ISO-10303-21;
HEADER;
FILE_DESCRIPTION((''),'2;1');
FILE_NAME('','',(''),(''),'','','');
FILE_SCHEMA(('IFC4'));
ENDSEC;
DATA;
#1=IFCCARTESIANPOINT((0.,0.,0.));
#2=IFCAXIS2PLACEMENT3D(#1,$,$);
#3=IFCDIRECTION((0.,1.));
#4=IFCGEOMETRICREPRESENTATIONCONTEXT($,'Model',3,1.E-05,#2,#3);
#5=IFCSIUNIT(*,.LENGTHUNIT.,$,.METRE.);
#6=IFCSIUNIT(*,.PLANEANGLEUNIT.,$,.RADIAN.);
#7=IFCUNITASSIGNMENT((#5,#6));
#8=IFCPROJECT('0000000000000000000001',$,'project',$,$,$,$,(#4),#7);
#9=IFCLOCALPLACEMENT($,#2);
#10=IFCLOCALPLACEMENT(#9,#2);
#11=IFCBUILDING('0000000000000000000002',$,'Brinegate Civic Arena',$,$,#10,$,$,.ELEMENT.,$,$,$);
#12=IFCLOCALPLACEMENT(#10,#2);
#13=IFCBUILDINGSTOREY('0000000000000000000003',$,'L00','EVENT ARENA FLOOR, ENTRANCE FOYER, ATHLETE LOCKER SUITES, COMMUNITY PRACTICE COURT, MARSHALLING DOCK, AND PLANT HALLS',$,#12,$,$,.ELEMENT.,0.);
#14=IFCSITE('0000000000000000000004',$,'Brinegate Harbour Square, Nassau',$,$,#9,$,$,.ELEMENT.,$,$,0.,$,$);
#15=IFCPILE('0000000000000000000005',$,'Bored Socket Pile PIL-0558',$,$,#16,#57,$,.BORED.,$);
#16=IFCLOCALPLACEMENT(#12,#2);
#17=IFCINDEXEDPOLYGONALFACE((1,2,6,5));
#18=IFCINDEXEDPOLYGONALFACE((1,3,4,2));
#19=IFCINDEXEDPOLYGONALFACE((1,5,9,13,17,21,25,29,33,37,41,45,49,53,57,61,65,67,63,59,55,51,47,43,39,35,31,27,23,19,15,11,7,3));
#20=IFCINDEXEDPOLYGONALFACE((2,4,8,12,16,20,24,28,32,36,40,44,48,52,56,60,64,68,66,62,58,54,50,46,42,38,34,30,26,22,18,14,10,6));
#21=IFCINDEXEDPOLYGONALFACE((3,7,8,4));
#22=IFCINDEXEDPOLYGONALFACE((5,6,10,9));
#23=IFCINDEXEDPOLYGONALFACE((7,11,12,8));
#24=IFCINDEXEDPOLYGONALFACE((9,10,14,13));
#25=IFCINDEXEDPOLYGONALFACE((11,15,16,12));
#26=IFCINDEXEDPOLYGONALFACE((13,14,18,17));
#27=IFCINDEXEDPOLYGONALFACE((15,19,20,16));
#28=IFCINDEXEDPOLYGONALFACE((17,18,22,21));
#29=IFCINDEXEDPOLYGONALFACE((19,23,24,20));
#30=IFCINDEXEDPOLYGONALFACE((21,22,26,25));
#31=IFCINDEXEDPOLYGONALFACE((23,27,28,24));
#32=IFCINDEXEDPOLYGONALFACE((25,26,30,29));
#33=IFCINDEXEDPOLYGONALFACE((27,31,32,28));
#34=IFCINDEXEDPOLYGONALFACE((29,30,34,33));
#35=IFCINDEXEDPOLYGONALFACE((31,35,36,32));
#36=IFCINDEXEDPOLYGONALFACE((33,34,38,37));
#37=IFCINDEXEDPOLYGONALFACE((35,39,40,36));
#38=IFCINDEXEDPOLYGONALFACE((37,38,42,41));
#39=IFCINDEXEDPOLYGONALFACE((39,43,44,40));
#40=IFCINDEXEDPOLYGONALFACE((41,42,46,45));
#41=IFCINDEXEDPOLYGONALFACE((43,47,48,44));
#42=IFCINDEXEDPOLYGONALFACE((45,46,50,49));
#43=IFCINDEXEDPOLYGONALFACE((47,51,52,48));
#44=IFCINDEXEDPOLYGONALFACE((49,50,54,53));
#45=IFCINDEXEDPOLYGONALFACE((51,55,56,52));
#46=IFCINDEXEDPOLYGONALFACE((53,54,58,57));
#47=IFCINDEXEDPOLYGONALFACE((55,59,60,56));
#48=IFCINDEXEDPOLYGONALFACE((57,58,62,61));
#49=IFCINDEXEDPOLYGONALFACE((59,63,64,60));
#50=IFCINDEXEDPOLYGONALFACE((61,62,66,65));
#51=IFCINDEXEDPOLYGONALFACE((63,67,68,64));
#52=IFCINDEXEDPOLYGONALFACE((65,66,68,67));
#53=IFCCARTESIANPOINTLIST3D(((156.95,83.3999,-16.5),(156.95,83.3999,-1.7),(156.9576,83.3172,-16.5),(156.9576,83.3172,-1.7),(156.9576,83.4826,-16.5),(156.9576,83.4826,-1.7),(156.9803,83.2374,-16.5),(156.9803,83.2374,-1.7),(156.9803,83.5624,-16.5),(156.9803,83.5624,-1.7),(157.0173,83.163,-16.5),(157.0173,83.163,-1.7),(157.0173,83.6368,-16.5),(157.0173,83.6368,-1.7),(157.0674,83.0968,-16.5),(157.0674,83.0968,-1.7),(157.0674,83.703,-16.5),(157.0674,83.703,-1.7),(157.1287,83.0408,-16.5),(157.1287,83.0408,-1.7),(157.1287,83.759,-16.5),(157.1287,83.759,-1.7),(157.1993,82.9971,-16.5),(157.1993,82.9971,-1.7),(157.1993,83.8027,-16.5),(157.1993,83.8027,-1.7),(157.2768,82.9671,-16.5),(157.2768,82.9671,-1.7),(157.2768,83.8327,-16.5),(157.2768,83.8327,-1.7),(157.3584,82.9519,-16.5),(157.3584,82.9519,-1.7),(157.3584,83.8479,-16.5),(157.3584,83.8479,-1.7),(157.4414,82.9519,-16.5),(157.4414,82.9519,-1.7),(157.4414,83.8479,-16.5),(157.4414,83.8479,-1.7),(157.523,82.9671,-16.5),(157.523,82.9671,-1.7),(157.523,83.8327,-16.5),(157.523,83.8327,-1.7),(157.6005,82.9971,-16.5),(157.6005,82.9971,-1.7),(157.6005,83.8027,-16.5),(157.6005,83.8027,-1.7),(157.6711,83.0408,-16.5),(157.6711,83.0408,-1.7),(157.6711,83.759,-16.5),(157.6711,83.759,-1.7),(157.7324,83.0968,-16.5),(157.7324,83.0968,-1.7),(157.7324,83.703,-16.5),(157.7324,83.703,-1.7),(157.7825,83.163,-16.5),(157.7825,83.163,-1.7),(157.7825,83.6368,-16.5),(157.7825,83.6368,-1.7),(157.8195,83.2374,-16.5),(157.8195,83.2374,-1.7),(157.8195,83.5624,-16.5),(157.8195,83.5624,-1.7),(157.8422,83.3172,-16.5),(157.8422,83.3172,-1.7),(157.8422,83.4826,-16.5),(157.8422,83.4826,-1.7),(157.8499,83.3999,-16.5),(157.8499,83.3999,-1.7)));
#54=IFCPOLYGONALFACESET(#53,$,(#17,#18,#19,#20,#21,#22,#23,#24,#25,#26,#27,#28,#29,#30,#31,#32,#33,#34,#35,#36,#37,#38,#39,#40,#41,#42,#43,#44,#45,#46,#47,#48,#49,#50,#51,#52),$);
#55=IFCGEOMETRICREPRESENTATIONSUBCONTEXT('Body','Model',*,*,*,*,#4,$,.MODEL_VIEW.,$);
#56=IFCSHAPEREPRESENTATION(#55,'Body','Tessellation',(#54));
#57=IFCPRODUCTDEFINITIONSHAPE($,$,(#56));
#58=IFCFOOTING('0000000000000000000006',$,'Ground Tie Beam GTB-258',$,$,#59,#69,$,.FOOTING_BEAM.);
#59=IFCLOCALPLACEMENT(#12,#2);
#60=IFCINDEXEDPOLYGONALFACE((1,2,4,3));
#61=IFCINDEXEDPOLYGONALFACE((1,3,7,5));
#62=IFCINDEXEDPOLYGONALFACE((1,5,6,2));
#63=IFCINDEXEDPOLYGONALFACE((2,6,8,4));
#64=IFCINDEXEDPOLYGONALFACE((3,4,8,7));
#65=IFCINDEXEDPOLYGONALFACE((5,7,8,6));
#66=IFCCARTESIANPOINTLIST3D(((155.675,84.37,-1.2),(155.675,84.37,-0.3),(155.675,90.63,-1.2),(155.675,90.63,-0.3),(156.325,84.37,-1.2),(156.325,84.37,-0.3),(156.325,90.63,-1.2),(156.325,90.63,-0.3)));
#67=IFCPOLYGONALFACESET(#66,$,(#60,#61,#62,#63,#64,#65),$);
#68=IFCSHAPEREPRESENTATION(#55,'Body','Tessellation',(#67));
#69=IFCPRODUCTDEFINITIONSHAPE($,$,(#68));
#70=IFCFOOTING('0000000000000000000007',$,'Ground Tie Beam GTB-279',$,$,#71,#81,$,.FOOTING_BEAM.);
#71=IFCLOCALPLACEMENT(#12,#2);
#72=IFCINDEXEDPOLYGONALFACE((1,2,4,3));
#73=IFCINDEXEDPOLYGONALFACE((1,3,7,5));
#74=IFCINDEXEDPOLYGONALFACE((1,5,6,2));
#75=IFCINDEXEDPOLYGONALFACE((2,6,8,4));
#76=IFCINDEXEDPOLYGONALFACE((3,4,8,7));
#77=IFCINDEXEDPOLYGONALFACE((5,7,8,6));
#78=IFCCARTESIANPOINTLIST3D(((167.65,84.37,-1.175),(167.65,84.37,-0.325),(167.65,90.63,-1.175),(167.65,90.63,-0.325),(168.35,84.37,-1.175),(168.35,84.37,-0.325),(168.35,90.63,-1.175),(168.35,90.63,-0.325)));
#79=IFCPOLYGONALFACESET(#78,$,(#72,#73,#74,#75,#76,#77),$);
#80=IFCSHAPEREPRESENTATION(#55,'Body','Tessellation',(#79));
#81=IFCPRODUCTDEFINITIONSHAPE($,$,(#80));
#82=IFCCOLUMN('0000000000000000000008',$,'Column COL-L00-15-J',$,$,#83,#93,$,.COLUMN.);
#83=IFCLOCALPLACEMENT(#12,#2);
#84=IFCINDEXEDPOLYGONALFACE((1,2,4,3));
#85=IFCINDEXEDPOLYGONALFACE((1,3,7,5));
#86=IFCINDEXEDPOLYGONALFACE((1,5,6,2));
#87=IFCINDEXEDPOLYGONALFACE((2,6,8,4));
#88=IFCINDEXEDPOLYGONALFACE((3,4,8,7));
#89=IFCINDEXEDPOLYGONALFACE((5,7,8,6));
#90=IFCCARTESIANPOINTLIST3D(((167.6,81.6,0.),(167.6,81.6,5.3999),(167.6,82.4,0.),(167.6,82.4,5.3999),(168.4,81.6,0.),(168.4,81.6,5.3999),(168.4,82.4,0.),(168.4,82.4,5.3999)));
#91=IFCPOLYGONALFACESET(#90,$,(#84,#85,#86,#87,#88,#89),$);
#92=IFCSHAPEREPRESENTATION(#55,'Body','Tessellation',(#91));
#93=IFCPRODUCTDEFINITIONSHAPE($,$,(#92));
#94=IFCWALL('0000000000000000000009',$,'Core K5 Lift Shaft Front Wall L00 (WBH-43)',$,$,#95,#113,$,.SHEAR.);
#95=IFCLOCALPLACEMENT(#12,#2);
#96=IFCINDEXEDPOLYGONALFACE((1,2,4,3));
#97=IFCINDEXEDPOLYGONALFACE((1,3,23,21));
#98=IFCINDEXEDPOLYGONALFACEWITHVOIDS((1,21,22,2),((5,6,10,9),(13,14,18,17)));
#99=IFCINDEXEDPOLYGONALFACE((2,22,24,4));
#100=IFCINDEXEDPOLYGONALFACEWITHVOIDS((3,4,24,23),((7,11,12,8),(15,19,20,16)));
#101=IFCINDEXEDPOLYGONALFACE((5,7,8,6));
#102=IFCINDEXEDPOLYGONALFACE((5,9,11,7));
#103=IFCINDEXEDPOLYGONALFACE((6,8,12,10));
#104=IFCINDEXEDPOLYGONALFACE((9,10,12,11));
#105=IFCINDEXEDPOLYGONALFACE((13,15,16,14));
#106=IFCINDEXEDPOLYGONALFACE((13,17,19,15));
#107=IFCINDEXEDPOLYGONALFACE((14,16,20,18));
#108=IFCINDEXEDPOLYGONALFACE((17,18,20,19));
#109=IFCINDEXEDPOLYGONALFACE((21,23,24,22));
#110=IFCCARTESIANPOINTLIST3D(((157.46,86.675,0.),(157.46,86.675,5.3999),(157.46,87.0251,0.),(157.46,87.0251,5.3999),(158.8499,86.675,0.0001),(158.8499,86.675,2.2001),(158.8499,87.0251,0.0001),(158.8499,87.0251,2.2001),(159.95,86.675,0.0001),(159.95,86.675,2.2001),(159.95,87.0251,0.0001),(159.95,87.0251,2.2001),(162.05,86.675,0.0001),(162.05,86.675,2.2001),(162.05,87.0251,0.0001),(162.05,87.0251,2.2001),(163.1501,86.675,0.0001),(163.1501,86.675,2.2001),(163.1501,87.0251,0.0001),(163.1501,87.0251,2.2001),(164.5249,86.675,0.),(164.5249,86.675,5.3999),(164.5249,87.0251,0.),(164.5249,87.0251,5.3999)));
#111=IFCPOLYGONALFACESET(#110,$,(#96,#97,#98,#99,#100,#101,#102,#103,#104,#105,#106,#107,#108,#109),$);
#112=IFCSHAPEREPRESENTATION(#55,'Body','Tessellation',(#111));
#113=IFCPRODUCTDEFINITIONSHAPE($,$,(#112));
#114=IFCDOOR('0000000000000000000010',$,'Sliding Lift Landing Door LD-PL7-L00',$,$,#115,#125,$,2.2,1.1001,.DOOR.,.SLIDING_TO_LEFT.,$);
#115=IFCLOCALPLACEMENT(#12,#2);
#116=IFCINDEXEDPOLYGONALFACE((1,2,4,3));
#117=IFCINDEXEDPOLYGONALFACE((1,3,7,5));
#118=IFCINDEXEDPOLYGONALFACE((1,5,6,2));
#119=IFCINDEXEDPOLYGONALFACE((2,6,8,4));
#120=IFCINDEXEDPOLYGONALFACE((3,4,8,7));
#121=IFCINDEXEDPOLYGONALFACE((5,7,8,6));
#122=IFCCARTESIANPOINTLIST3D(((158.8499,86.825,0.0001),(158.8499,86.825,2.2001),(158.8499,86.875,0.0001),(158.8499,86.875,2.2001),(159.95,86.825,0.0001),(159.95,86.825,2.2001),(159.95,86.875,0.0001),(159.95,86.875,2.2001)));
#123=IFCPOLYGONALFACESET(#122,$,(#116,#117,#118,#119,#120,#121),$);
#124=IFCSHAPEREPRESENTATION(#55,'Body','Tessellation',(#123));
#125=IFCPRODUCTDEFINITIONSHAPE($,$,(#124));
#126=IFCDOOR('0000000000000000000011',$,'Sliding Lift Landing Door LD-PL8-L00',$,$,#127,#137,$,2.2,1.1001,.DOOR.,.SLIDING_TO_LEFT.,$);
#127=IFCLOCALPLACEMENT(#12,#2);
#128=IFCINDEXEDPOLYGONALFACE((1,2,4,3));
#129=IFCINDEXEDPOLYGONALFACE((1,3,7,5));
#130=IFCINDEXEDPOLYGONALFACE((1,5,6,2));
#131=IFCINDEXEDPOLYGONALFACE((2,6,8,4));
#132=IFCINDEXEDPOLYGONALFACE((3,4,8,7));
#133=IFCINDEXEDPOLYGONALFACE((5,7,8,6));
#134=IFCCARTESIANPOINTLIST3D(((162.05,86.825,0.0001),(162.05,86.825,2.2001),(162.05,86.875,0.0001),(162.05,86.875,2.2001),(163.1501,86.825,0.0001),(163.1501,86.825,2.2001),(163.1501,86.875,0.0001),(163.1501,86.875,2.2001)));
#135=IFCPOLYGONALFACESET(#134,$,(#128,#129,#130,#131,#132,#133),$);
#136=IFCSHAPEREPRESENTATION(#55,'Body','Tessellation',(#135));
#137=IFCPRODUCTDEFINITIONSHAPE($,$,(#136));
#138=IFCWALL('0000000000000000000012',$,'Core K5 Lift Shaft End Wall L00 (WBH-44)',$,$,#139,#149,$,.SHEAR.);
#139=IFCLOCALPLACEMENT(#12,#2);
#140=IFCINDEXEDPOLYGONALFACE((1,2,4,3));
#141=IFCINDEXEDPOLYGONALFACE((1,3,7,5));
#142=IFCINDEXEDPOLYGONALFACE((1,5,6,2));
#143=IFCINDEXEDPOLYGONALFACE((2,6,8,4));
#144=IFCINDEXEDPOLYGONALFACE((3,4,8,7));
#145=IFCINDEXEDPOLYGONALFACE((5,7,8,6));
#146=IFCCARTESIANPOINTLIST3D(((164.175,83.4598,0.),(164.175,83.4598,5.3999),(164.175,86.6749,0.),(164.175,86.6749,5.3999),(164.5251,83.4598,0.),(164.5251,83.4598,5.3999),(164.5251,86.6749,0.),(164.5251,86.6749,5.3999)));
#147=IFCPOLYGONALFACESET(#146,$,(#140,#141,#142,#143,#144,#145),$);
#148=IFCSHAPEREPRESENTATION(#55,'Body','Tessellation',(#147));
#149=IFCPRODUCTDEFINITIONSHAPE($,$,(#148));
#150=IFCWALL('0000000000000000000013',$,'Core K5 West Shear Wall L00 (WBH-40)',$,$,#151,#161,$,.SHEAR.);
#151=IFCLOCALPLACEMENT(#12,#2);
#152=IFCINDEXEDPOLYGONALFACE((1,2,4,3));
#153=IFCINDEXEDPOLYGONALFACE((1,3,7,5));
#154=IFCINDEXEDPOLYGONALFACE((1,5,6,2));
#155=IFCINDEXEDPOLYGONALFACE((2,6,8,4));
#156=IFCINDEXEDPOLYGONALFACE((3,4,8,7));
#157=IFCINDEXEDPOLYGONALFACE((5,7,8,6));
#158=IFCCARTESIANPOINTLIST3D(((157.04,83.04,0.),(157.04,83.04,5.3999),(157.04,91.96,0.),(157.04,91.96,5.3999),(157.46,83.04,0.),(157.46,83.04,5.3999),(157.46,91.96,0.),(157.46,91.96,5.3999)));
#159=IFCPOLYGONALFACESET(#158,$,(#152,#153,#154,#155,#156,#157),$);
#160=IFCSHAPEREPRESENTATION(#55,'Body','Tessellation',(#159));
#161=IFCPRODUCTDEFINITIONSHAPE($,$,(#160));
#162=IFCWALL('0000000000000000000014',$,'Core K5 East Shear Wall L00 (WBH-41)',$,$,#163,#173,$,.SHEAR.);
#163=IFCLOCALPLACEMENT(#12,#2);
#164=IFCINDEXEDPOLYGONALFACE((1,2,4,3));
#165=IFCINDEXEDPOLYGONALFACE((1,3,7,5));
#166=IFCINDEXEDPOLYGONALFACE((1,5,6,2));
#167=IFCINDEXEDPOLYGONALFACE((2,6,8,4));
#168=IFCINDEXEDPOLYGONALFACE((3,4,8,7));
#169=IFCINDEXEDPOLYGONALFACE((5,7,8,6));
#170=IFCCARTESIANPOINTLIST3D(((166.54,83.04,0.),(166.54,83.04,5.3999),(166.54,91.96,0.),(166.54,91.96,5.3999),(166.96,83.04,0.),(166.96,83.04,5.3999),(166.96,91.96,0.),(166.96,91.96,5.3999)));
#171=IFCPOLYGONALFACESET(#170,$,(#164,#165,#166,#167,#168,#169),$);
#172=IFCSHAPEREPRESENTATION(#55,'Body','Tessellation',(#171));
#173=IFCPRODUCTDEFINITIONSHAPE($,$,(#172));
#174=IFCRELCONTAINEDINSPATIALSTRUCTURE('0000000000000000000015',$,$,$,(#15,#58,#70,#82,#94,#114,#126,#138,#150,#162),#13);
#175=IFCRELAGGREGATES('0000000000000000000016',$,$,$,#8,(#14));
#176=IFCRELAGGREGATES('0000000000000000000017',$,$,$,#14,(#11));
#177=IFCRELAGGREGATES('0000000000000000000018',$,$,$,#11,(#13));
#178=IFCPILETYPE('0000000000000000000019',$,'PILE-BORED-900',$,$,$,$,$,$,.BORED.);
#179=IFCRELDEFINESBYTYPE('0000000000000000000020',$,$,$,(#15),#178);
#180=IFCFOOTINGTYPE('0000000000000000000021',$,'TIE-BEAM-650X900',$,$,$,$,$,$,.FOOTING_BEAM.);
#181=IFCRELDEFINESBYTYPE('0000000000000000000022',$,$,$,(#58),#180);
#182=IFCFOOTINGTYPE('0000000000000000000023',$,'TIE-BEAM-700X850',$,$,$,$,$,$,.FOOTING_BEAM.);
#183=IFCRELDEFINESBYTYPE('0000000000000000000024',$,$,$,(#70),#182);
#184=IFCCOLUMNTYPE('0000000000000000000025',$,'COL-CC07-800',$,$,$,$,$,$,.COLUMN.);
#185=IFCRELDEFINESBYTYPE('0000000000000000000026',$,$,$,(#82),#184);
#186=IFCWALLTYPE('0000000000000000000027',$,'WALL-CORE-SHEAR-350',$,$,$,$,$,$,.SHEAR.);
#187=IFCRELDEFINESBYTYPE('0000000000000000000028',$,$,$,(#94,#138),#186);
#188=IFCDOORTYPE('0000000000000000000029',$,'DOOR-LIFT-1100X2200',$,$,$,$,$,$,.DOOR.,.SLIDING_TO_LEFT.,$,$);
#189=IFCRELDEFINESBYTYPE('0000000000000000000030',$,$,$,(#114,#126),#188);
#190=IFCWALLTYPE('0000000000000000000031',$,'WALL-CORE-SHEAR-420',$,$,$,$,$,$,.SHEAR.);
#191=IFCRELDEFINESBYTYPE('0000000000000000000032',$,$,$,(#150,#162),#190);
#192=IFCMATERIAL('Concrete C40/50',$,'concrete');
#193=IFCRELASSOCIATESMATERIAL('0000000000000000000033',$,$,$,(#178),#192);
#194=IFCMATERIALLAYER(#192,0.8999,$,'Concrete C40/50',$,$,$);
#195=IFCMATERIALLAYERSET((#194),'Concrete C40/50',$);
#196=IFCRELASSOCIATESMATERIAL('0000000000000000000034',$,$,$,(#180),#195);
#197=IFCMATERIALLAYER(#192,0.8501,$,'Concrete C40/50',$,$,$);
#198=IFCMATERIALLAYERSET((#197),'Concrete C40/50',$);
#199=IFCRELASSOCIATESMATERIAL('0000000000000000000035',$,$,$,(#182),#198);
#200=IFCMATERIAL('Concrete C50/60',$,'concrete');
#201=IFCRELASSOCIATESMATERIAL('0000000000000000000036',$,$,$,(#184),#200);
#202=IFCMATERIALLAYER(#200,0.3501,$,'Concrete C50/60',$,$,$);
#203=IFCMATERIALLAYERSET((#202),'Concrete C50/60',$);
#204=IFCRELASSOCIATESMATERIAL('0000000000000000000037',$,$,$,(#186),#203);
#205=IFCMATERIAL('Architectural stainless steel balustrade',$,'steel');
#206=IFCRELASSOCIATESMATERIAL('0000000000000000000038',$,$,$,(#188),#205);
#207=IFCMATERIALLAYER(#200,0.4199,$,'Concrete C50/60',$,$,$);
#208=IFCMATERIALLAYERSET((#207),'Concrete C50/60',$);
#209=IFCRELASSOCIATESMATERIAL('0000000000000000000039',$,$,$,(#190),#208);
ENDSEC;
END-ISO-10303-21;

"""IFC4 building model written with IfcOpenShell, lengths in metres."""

from ifc_helpers import new_model, si_unit, direction, frame, frame_2d, origin, origin_2d, place, context, subcontext, project, spatial, rectangle, circle, extrude, material, layer, layer_set, material_profile, profile_set, type_object, element, fill, save


model = new_model("IFC4")

# Units and contexts
model_context = context("Model", 3, precision=1e-05, world=origin(), true_north=direction((0.0, 1.0)))
body_context = subcontext(model_context, "Body", "Model", "MODEL_VIEW")
ifc_project = project(units=[si_unit("LENGTHUNIT", "METRE"), si_unit("PLANEANGLEUNIT", "RADIAN")], contexts=[model_context])

# Site, building, storey
site_placement = place(None, origin())
site = spatial("IfcSite", under=ifc_project, at=site_placement, Name="Brinegate Harbour Square, Nassau", CompositionType="ELEMENT", RefElevation=0.0)
building_placement = place(site_placement, origin())
building = spatial("IfcBuilding", under=site, at=building_placement, Name="Brinegate Civic Arena", CompositionType="ELEMENT")
storey_placement = place(building_placement, origin())
storey = spatial("IfcBuildingStorey", under=building, at=storey_placement, Name="L00", Description="EVENT ARENA FLOOR, ENTRANCE FOYER, ATHLETE LOCKER SUITES, COMMUNITY PRACTICE COURT, MARSHALLING DOCK, AND PLANT HALLS", CompositionType="ELEMENT", Elevation=0.0)

# Shared definitions
ifc_material_1 = material(Name="Concrete C40/50", Category="concrete")

# Pile
ifc_material_profile_1 = material_profile(ifc_material_1, circle(Radius=0.45, at=origin_2d()), Name="PILED900")
ifc_profile_set_1 = profile_set([ifc_material_profile_1], Name="Concrete C40/50")
pile_type_1 = type_object("IfcPileType", Name="PILE-BORED-900", PredefinedType="BORED", material=ifc_profile_set_1)
for number, where, z_axis, x_axis, name in (
    (1, (157.3999, 83.3999, -1.7), (0.0, 0.0, -1.0), (1.0, 0.0, 0.0), "Bored Socket Pile PIL-0558"),
):
    element("IfcPile", number, at=place(storey_placement, frame(where, z_axis=z_axis, x_axis=x_axis)), inside=storey, type_object=pile_type_1, Name=name, PredefinedType="BORED", context=body_context, shape_type="SweptSolid", body=[
        extrude(circle(Radius=0.45, at=origin_2d()), origin(), (0.0, 0.0, 1.0), 14.8),
    ])

# Footings
ifc_layer_1 = layer(ifc_material_1, 0.8999, Name="Concrete C40/50")
ifc_layer_set_1 = layer_set([ifc_layer_1], Name="Concrete C40/50")
footing_type_1 = type_object("IfcFootingType", Name="TIE-BEAM-650X900", PredefinedType="FOOTING_BEAM", material=ifc_layer_set_1)
footing_1_placement = place(storey_placement, frame((156.0, 87.5, -1.2), z_axis=(0.0, 0.0, 1.0), x_axis=(0.0, 1.0, 0.0)))
element("IfcFooting", 2, at=footing_1_placement, inside=storey, type_object=footing_type_1, Name="Ground Tie Beam GTB-258", PredefinedType="FOOTING_BEAM", context=body_context, shape_type="SweptSolid", body=[
    extrude(rectangle(XDim=6.26, YDim=0.6499, at=origin_2d()), origin(), (0.0, 0.0, 1.0), 0.8999),
])
ifc_layer_2 = layer(ifc_material_1, 0.8501, Name="Concrete C40/50")
ifc_layer_set_2 = layer_set([ifc_layer_2], Name="Concrete C40/50")
footing_type_2 = type_object("IfcFootingType", Name="TIE-BEAM-700X850", PredefinedType="FOOTING_BEAM", material=ifc_layer_set_2)
footing_2_placement = place(storey_placement, frame((168.0, 87.5, -1.175), z_axis=(0.0, 0.0, 1.0), x_axis=(0.0, 1.0, 0.0)))
element("IfcFooting", 3, at=footing_2_placement, inside=storey, type_object=footing_type_2, Name="Ground Tie Beam GTB-279", PredefinedType="FOOTING_BEAM", context=body_context, shape_type="SweptSolid", body=[
    extrude(rectangle(XDim=6.26, YDim=0.7, at=origin_2d()), origin(), (0.0, 0.0, 1.0), 0.8501),
])

# Column
ifc_material_2 = material(Name="Concrete C50/60", Category="concrete")
ifc_material_profile_2 = material_profile(ifc_material_2, rectangle(XDim=0.8, YDim=0.8, at=origin_2d()), Name="RC800X800")
ifc_profile_set_2 = profile_set([ifc_material_profile_2], Name="Concrete C50/60")
column_type = type_object("IfcColumnType", Name="COL-CC07-800", PredefinedType="COLUMN", material=ifc_profile_set_2)
column_placement = place(storey_placement, frame((168.0, 82.0, 0.0), z_axis=(0.0, 0.0, 1.0), x_axis=(1.0, 0.0, 0.0)))
element("IfcColumn", 4, at=column_placement, inside=storey, type_object=column_type, Name="Column COL-L00-15-J", PredefinedType="COLUMN", context=body_context, shape_type="SweptSolid", body=[
    extrude(rectangle(XDim=0.8, YDim=0.8, at=origin_2d()), origin(), (0.0, 0.0, 1.0), 5.3999),
])

# Wall, openings, doors
ifc_layer_3 = layer(ifc_material_2, 0.3501, Name="Concrete C50/60")
ifc_layer_set_3 = layer_set([ifc_layer_3], Name="Concrete C50/60")
wall_type_1 = type_object("IfcWallType", Name="WALL-CORE-SHEAR-350", PredefinedType="SHEAR", material=ifc_layer_set_3)
wall_1_placement = place(storey_placement, frame((157.46, 86.8501, 0.0), z_axis=(0.0, 0.0, 1.0), x_axis=(1.0, 0.0, 0.0)))
wall_1 = element("IfcWall", 5, at=wall_1_placement, inside=storey, type_object=wall_type_1, Name="Core K5 Lift Shaft Front Wall L00 (WBH-43)", PredefinedType="SHEAR", context=body_context, shape_type="SweptSolid", body=[
    extrude(rectangle(XDim=7.0649, YDim=0.3501, at=frame_2d((3.5325, 0.0))), origin(), (0.0, 0.0, 1.0), 5.3999),
])
opening_1_placement = place(wall_1_placement, frame((1.3899, 0.0, 0.0)))
opening_1 = element("IfcOpeningElement", 6, at=opening_1_placement, cuts=wall_1, PredefinedType="OPENING", context=body_context, shape_type="SweptSolid", body=[
    extrude(rectangle(XDim=1.1001, YDim=2.2, at=frame_2d((0.55, 1.1001))), frame((0.0, 0.1851, 0.0), z_axis=(0.0, -1.0, 0.0), x_axis=(1.0, 0.0, 0.0)), (0.0, 0.0, 1.0), 0.3701),
])
opening_2_placement = place(wall_1_placement, frame((4.5901, 0.0, 0.0)))
opening_2 = element("IfcOpeningElement", 7, at=opening_2_placement, cuts=wall_1, PredefinedType="OPENING", context=body_context, shape_type="SweptSolid", body=[
    extrude(rectangle(XDim=1.1001, YDim=2.2, at=frame_2d((0.55, 1.1001))), frame((0.0, 0.1851, 0.0), z_axis=(0.0, -1.0, 0.0), x_axis=(1.0, 0.0, 0.0)), (0.0, 0.0, 1.0), 0.3701),
])
ifc_material_3 = material(Name="Architectural stainless steel balustrade", Category="steel")
door_type_1 = type_object("IfcDoorType", Name="DOOR-LIFT-1100X2200", OperationType="SLIDING_TO_LEFT", PredefinedType="DOOR", material=ifc_material_3)
door_1_placement = place(opening_1_placement, origin())
door_1 = element("IfcDoor", 8, at=door_1_placement, inside=storey, type_object=door_type_1, Name="Sliding Lift Landing Door LD-PL7-L00", OperationType="SLIDING_TO_LEFT", OverallHeight=2.2, OverallWidth=1.1001, PredefinedType="DOOR", context=body_context, shape_type="SweptSolid", body=[
    extrude(rectangle(XDim=1.1001, YDim=2.2, at=frame_2d((0.55, 1.1001))), frame((0.0, 0.0249, 0.0), z_axis=(0.0, -1.0, 0.0), x_axis=(1.0, 0.0, 0.0)), (0.0, 0.0, 1.0), 0.05),
])
fill(opening_1, door_1)
door_2_placement = place(opening_2_placement, origin())
door_2 = element("IfcDoor", 9, at=door_2_placement, inside=storey, type_object=door_type_1, Name="Sliding Lift Landing Door LD-PL8-L00", OperationType="SLIDING_TO_LEFT", OverallHeight=2.2, OverallWidth=1.1001, PredefinedType="DOOR", context=body_context, shape_type="SweptSolid", body=[
    extrude(rectangle(XDim=1.1001, YDim=2.2, at=frame_2d((0.55, 1.1001))), frame((0.0, 0.0249, 0.0), z_axis=(0.0, -1.0, 0.0), x_axis=(1.0, 0.0, 0.0)), (0.0, 0.0, 1.0), 0.05),
])
fill(opening_2, door_2)

# Walls
wall_2_placement = place(storey_placement, frame((164.3501, 83.46, 0.0), z_axis=(0.0, 0.0, 1.0), x_axis=(0.0, 1.0, 0.0)))
element("IfcWall", 10, at=wall_2_placement, inside=storey, type_object=wall_type_1, Name="Core K5 Lift Shaft End Wall L00 (WBH-44)", PredefinedType="SHEAR", context=body_context, shape_type="SweptSolid", body=[
    extrude(rectangle(XDim=3.2151, YDim=0.3501, at=frame_2d((1.6074, 0.0))), origin(), (0.0, 0.0, 1.0), 5.3999),
])
ifc_layer_4 = layer(ifc_material_2, 0.4199, Name="Concrete C50/60")
ifc_layer_set_4 = layer_set([ifc_layer_4], Name="Concrete C50/60")
wall_type_2 = type_object("IfcWallType", Name="WALL-CORE-SHEAR-420", PredefinedType="SHEAR", material=ifc_layer_set_4)
for number, where, z_axis, x_axis, name in (
    (11, (157.25, 83.04, 0.0), (0.0, 0.0, 1.0), (0.0, 1.0, 0.0), "Core K5 West Shear Wall L00 (WBH-40)"),
    (12, (166.75, 83.04, 0.0), (0.0, 0.0, 1.0), (0.0, 1.0, 0.0), "Core K5 East Shear Wall L00 (WBH-41)"),
):
    element("IfcWall", number, at=place(storey_placement, frame(where, z_axis=z_axis, x_axis=x_axis)), inside=storey, type_object=wall_type_2, Name=name, PredefinedType="SHEAR", context=body_context, shape_type="SweptSolid", body=[
        extrude(rectangle(XDim=8.9199, YDim=0.4199, at=frame_2d((4.46, 0.0))), origin(), (0.0, 0.0, 1.0), 5.3999),
    ])

save(model, "model.ifc")
